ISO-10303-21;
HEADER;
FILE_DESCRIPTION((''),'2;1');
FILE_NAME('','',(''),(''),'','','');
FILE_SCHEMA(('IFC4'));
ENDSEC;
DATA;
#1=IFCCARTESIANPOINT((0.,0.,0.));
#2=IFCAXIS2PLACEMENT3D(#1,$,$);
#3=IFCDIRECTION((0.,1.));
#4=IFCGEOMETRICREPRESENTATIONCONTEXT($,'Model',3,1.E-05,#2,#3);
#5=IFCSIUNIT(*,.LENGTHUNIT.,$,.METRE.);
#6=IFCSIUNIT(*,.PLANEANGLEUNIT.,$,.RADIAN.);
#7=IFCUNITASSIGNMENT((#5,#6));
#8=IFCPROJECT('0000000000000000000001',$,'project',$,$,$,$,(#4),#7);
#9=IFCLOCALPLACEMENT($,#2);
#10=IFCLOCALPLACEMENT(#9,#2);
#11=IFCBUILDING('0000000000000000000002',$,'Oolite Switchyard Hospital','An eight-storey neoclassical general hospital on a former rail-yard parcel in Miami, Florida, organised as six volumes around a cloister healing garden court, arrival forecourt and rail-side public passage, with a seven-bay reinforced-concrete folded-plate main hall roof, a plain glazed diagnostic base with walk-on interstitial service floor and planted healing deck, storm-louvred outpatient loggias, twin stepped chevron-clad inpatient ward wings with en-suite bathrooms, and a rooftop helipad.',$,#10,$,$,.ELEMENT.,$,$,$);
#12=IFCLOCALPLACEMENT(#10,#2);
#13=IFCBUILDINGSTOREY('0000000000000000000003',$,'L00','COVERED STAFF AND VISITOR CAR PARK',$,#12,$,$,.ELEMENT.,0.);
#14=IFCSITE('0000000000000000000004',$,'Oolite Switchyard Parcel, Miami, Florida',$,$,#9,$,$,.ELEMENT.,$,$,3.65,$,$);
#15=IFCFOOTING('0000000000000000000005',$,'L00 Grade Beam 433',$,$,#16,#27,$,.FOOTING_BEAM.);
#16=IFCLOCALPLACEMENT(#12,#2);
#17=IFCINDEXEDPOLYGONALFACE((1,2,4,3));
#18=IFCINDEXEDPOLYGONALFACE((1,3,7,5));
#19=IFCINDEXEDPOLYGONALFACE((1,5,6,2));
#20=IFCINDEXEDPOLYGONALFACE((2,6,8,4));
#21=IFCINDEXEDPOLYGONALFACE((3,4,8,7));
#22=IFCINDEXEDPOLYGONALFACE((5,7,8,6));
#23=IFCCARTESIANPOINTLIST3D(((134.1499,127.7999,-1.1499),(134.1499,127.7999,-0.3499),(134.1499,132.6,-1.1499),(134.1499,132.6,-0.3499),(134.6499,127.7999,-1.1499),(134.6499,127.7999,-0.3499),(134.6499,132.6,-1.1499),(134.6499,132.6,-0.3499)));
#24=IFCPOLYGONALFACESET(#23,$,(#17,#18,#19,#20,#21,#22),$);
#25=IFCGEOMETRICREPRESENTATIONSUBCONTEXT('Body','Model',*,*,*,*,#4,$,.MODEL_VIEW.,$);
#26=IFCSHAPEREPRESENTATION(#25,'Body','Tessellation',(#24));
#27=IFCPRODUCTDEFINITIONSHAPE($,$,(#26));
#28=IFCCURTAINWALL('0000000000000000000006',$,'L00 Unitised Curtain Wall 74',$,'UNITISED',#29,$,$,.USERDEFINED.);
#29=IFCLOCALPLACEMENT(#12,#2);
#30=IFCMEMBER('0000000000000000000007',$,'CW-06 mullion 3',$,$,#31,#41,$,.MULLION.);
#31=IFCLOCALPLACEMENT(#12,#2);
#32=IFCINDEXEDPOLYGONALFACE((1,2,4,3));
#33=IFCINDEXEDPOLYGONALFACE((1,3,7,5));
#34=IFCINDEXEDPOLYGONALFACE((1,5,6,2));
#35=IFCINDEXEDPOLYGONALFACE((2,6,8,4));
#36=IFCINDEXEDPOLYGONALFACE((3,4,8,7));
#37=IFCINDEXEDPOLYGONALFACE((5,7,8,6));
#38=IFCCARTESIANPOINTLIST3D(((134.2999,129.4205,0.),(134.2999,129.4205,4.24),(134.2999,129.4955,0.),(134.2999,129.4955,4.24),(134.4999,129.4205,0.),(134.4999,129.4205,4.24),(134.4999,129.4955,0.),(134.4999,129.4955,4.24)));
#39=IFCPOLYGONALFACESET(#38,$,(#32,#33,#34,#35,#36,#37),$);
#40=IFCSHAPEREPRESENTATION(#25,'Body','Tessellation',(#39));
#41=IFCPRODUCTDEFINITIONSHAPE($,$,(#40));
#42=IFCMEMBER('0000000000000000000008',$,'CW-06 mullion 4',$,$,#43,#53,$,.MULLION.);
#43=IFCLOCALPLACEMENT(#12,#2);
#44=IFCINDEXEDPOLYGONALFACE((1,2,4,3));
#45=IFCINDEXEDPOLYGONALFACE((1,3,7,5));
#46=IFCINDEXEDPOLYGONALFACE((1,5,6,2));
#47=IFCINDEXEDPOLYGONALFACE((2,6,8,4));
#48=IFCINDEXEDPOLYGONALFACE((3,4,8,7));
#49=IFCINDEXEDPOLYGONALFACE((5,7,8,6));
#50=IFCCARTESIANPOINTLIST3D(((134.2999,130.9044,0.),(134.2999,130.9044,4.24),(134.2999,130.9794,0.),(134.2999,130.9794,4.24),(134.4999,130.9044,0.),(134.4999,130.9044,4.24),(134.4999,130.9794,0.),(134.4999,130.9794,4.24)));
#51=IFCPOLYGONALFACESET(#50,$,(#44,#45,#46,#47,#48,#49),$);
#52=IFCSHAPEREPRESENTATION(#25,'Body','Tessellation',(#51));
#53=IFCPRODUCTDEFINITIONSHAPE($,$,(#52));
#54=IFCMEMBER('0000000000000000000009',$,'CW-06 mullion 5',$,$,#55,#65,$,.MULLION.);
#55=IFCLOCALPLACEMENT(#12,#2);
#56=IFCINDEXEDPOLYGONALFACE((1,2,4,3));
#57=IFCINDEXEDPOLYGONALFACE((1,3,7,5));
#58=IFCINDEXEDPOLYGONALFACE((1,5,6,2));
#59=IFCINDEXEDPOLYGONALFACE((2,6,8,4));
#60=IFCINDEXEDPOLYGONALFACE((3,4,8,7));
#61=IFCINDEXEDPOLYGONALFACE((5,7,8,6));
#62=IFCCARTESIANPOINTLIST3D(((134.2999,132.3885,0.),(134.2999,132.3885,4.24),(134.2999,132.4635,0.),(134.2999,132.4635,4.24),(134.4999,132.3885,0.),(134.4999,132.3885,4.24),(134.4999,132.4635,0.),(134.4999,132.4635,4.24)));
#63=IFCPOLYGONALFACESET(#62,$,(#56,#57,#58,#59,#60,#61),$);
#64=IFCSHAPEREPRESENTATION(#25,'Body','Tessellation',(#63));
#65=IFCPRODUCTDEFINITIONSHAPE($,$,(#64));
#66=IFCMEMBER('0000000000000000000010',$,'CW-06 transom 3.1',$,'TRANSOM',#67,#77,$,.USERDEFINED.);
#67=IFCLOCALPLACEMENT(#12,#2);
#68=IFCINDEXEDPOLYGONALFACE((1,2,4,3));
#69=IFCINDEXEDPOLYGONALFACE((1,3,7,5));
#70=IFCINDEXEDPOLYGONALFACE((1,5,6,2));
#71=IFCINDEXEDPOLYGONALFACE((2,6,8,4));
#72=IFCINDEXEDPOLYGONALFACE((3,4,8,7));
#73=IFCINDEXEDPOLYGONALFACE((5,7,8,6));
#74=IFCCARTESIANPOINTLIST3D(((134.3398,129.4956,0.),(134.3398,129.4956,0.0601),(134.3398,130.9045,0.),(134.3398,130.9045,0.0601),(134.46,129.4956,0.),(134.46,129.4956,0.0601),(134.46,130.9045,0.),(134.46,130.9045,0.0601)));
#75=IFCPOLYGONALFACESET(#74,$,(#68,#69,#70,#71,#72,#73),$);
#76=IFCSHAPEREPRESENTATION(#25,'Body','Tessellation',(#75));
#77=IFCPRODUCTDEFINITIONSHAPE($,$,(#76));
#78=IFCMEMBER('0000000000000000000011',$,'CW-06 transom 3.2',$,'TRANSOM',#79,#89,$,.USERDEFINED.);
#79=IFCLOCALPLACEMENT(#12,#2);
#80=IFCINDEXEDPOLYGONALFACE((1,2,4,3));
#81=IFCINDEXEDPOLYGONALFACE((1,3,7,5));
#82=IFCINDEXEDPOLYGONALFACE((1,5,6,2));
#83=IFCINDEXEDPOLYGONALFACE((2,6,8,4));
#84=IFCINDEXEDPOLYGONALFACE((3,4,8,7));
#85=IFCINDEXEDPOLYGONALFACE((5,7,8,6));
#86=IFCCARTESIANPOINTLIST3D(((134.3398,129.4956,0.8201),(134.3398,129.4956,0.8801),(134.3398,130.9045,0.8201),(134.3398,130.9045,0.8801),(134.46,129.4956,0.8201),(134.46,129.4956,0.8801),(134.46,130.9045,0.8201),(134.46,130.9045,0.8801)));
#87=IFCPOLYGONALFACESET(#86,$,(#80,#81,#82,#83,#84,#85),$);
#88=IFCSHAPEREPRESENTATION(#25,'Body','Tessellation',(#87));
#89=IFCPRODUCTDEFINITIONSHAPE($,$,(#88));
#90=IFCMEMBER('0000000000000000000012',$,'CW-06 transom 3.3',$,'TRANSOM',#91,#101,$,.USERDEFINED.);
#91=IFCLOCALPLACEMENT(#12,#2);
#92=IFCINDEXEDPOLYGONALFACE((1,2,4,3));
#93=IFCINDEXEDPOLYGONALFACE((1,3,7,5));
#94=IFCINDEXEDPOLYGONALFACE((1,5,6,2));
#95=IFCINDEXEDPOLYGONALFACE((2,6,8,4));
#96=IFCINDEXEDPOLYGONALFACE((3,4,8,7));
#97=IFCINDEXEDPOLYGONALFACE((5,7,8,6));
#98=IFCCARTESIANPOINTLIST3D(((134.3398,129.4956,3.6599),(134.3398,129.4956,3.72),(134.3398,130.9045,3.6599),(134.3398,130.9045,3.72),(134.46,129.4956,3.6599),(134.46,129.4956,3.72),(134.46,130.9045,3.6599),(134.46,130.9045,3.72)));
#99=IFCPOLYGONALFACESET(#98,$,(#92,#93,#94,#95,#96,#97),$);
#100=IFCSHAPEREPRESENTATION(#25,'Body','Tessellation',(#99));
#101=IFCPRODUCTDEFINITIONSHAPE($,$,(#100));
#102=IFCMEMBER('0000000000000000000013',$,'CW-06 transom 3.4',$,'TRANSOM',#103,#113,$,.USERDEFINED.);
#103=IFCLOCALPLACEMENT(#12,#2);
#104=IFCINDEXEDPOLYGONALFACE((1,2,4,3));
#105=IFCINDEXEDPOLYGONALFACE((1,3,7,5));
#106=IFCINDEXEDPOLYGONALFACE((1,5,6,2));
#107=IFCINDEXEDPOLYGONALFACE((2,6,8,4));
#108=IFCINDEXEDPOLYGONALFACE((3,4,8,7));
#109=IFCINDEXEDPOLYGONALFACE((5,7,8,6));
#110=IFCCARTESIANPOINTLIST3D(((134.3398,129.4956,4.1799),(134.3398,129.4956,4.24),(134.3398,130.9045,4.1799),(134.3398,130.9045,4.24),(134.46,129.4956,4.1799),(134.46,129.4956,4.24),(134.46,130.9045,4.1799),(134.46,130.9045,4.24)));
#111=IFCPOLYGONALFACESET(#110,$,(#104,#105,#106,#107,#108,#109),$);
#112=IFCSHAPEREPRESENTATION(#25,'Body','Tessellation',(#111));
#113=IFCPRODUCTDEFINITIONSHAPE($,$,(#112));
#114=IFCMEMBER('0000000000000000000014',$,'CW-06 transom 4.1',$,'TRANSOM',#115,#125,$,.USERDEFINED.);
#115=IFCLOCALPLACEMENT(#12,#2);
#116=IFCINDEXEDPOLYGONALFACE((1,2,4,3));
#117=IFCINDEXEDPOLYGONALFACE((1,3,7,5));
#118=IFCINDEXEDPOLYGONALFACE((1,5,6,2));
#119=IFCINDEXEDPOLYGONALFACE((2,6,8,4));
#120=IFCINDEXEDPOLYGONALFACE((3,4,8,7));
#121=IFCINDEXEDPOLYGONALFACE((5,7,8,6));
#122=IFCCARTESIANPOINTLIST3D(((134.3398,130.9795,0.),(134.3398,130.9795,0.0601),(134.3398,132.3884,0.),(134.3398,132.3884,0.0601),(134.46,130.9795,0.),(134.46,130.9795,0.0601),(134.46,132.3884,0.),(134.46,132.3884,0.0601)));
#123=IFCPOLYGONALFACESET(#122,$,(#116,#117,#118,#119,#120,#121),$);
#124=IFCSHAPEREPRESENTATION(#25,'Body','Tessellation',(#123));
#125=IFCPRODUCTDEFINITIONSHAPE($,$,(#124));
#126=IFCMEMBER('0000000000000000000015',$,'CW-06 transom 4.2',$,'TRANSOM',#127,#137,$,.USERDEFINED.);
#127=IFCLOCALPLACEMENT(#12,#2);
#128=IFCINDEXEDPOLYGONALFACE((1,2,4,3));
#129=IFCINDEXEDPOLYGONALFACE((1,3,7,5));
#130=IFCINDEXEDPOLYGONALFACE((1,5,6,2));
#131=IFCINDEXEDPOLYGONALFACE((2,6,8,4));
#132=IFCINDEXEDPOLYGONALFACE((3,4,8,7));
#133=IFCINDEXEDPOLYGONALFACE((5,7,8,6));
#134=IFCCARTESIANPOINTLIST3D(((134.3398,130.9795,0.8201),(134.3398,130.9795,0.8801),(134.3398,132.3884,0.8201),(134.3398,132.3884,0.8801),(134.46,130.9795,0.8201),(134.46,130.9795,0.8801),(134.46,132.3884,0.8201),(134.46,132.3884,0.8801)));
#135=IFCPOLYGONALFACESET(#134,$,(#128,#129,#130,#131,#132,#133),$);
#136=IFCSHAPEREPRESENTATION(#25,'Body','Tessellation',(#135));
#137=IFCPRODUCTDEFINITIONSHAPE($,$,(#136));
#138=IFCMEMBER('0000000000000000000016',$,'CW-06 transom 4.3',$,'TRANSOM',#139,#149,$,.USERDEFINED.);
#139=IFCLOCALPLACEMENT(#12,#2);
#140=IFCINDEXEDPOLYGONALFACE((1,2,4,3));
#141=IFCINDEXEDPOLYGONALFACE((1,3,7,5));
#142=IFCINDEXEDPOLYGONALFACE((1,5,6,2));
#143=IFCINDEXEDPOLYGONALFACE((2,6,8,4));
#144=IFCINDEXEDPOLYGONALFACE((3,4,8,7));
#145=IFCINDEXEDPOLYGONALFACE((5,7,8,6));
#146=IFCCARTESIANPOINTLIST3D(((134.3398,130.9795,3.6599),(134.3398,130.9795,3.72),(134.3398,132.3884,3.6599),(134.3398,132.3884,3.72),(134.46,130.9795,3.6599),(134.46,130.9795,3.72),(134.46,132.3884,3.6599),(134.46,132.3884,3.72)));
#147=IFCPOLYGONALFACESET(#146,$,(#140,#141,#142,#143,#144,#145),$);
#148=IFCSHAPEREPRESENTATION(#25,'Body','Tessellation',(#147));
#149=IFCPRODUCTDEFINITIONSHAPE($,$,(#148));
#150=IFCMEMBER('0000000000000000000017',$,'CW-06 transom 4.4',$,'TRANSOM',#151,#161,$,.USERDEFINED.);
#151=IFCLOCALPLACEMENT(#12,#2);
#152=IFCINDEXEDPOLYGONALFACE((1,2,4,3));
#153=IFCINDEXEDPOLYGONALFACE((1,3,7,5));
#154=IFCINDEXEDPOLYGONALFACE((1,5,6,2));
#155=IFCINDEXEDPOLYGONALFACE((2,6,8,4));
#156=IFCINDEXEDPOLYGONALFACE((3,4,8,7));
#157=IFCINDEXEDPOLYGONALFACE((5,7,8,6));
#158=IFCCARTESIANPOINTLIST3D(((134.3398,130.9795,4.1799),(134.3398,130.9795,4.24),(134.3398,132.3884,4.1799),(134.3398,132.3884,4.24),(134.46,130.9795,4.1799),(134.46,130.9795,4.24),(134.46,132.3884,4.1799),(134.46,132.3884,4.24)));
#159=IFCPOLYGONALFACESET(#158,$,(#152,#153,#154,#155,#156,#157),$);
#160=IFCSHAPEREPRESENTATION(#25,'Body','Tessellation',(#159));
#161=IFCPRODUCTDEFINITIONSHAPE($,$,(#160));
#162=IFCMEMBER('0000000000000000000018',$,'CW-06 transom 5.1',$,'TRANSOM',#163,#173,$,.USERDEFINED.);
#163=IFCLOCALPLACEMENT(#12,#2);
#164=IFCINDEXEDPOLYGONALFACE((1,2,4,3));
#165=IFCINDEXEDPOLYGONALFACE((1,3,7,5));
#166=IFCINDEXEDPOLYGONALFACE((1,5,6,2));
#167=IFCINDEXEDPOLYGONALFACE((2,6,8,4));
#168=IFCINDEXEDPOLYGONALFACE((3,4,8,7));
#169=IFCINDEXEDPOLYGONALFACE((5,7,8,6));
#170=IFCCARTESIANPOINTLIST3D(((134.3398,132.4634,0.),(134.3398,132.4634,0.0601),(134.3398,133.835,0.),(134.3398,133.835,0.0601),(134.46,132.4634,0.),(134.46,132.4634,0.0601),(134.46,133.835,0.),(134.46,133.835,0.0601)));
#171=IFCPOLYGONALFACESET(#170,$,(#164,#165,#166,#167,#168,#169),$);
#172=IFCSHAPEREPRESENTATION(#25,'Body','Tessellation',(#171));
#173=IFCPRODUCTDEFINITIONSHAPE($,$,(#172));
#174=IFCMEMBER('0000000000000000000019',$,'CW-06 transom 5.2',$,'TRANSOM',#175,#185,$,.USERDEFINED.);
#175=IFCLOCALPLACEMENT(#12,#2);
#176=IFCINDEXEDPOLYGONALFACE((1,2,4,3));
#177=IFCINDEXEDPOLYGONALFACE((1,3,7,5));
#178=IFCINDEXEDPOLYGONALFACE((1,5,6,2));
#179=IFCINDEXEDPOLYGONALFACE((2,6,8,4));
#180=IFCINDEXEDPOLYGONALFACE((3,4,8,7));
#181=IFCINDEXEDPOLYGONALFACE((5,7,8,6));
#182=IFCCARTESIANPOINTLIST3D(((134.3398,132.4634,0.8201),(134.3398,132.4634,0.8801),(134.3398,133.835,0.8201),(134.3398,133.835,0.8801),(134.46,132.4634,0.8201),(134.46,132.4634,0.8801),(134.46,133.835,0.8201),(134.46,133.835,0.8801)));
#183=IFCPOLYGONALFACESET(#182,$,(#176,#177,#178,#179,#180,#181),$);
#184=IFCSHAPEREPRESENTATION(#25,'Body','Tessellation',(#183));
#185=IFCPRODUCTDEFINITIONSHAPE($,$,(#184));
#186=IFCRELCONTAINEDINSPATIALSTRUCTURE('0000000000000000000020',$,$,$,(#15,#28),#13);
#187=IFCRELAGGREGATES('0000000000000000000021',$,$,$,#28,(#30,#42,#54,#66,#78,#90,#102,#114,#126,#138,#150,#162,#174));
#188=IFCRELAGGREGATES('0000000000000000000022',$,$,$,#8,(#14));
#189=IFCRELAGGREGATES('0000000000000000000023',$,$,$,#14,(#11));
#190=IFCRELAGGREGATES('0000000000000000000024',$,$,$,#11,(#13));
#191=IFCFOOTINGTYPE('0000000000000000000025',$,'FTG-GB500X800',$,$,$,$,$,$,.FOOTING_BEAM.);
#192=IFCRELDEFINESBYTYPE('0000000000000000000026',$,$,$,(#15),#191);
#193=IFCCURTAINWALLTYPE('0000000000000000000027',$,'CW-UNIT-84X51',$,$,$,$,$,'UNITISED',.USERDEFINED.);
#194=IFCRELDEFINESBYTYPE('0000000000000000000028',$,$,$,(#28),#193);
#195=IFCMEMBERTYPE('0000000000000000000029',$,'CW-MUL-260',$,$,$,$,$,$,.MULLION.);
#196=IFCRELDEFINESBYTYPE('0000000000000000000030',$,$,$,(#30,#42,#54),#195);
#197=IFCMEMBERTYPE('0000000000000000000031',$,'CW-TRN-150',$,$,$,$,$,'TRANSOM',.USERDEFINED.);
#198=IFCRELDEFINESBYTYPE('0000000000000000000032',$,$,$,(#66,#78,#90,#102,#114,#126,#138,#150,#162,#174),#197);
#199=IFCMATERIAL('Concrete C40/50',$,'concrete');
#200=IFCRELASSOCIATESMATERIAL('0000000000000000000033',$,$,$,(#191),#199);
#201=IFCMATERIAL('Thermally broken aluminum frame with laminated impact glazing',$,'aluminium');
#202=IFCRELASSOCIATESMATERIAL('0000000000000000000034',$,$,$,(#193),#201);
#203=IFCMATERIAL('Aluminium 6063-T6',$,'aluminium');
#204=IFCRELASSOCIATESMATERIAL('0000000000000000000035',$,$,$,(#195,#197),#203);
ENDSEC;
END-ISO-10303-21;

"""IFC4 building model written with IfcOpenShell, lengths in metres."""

from ifc_helpers import new_model, si_unit, direction, frame, origin, origin_2d, place, context, subcontext, project, spatial, rectangle, extrude, material, material_profile, profile_set, type_object, element, aggregate, save


model = new_model("IFC4")

# Units and contexts
model_context = context("Model", 3, precision=1e-05, world=origin(), true_north=direction((0.0, 1.0)))
body_context = subcontext(model_context, "Body", "Model", "MODEL_VIEW")
ifc_project = project(units=[si_unit("LENGTHUNIT", "METRE"), si_unit("PLANEANGLEUNIT", "RADIAN")], contexts=[model_context])

# Site, building, storey
site_placement = place(None, origin())
site = spatial("IfcSite", under=ifc_project, at=site_placement, Name="Oolite Switchyard Parcel, Miami, Florida", CompositionType="ELEMENT", RefElevation=3.65)
building_placement = place(site_placement, origin())
building = spatial("IfcBuilding", under=site, at=building_placement, Name="Oolite Switchyard Hospital", Description="An eight-storey neoclassical general hospital on a former rail-yard parcel in Miami, Florida, organised as six volumes around a cloister healing garden court, arrival forecourt and rail-side public passage, with a seven-bay reinforced-concrete folded-plate main hall roof, a plain glazed diagnostic base with walk-on interstitial service floor and planted healing deck, storm-louvred outpatient loggias, twin stepped chevron-clad inpatient ward wings with en-suite bathrooms, and a rooftop helipad.", CompositionType="ELEMENT")
storey_placement = place(building_placement, origin())
storey = spatial("IfcBuildingStorey", under=building, at=storey_placement, Name="L00", Description="COVERED STAFF AND VISITOR CAR PARK", CompositionType="ELEMENT", Elevation=0.0)

# Footing
ifc_material_1 = material(Name="Concrete C40/50", Category="concrete")
footing_type = type_object("IfcFootingType", Name="FTG-GB500X800", PredefinedType="FOOTING_BEAM", material=ifc_material_1)
footing_placement = place(storey_placement, frame((134.3999, 130.2, -1.1499), z_axis=(0.0, 0.0, 1.0), x_axis=(0.0, 1.0, 0.0)))
element("IfcFooting", 1, at=footing_placement, inside=storey, type_object=footing_type, Name="L00 Grade Beam 433", PredefinedType="FOOTING_BEAM", context=body_context, shape_type="SweptSolid", body=[
    extrude(rectangle(XDim=4.8, YDim=0.5, at=origin_2d()), origin(), (0.0, 0.0, 1.0), 0.8),
])

# Curtain wall, members
ifc_material_2 = material(Name="Thermally broken aluminum frame with laminated impact glazing", Category="aluminium")
curtain_wall_type = type_object("IfcCurtainWallType", Name="CW-UNIT-84X51", ElementType="UNITISED", PredefinedType="USERDEFINED", material=ifc_material_2)
curtain_wall_placement = place(storey_placement, origin())
curtain_wall = element("IfcCurtainWall", 2, at=curtain_wall_placement, inside=storey, type_object=curtain_wall_type, Name="L00 Unitised Curtain Wall 74", ObjectType="UNITISED", PredefinedType="USERDEFINED")
ifc_material_3 = material(Name="Aluminium 6063-T6", Category="aluminium")
ifc_material_profile_1 = material_profile(ifc_material_3, rectangle(XDim=0.2, YDim=0.075, at=origin_2d()), Name="CWM75X200")
ifc_profile_set_1 = profile_set([ifc_material_profile_1], Name="Aluminium 6063-T6")
member_type_1 = type_object("IfcMemberType", Name="CW-MUL-260", PredefinedType="MULLION", material=ifc_profile_set_1)
member_1_placement = place(storey_placement, frame((134.3999, 129.458, 0.0), z_axis=(0.0, 0.0, 1.0), x_axis=(-1.0, 0.0, 0.0)))
member_1 = element("IfcMember", 3, at=member_1_placement, type_object=member_type_1, Name="CW-06 mullion 3", PredefinedType="MULLION", context=body_context, shape_type="SweptSolid", body=[
    extrude(rectangle(XDim=0.2, YDim=0.075, at=origin_2d()), origin(), (0.0, 0.0, 1.0), 4.24),
])
member_2_placement = place(storey_placement, frame((134.3999, 130.9419, 0.0), z_axis=(0.0, 0.0, 1.0), x_axis=(-1.0, 0.0, 0.0)))
member_2 = element("IfcMember", 4, at=member_2_placement, type_object=member_type_1, Name="CW-06 mullion 4", PredefinedType="MULLION", context=body_context, shape_type="SweptSolid", body=[
    extrude(rectangle(XDim=0.2, YDim=0.075, at=origin_2d()), origin(), (0.0, 0.0, 1.0), 4.24),
])
member_3_placement = place(storey_placement, frame((134.3999, 132.426, 0.0), z_axis=(0.0, 0.0, 1.0), x_axis=(-1.0, 0.0, 0.0)))
member_3 = element("IfcMember", 5, at=member_3_placement, type_object=member_type_1, Name="CW-06 mullion 5", PredefinedType="MULLION", context=body_context, shape_type="SweptSolid", body=[
    extrude(rectangle(XDim=0.2, YDim=0.075, at=origin_2d()), origin(), (0.0, 0.0, 1.0), 4.24),
])
ifc_material_profile_2 = material_profile(ifc_material_3, rectangle(XDim=0.1201, YDim=0.0601, at=origin_2d()), Name="CWT60X120")
ifc_profile_set_2 = profile_set([ifc_material_profile_2], Name="Aluminium 6063-T6")
member_type_2 = type_object("IfcMemberType", Name="CW-TRN-150", ElementType="TRANSOM", PredefinedType="USERDEFINED", material=ifc_profile_set_2)
member_4_placement = place(storey_placement, frame((134.3999, 129.4956, 0.03), z_axis=(0.0, 1.0, 0.0), x_axis=(-1.0, 0.0, 0.0)))
member_4 = element("IfcMember", 6, at=member_4_placement, type_object=member_type_2, Name="CW-06 transom 3.1", ObjectType="TRANSOM", PredefinedType="USERDEFINED", context=body_context, shape_type="SweptSolid", body=[
    extrude(rectangle(XDim=0.1201, YDim=0.0601, at=origin_2d()), origin(), (0.0, 0.0, 1.0), 1.4089),
])
member_5_placement = place(storey_placement, frame((134.3999, 129.4956, 0.8501), z_axis=(0.0, 1.0, 0.0), x_axis=(-1.0, 0.0, 0.0)))
member_5 = element("IfcMember", 7, at=member_5_placement, type_object=member_type_2, Name="CW-06 transom 3.2", ObjectType="TRANSOM", PredefinedType="USERDEFINED", context=body_context, shape_type="SweptSolid", body=[
    extrude(rectangle(XDim=0.1201, YDim=0.0601, at=origin_2d()), origin(), (0.0, 0.0, 1.0), 1.4089),
])
member_6_placement = place(storey_placement, frame((134.3999, 129.4956, 3.6899), z_axis=(0.0, 1.0, 0.0), x_axis=(-1.0, 0.0, 0.0)))
member_6 = element("IfcMember", 8, at=member_6_placement, type_object=member_type_2, Name="CW-06 transom 3.3", ObjectType="TRANSOM", PredefinedType="USERDEFINED", context=body_context, shape_type="SweptSolid", body=[
    extrude(rectangle(XDim=0.1201, YDim=0.0601, at=origin_2d()), origin(), (0.0, 0.0, 1.0), 1.4089),
])
member_7_placement = place(storey_placement, frame((134.3999, 129.4956, 4.21), z_axis=(0.0, 1.0, 0.0), x_axis=(-1.0, 0.0, 0.0)))
member_7 = element("IfcMember", 9, at=member_7_placement, type_object=member_type_2, Name="CW-06 transom 3.4", ObjectType="TRANSOM", PredefinedType="USERDEFINED", context=body_context, shape_type="SweptSolid", body=[
    extrude(rectangle(XDim=0.1201, YDim=0.0601, at=origin_2d()), origin(), (0.0, 0.0, 1.0), 1.4089),
])
member_8_placement = place(storey_placement, frame((134.3999, 130.9795, 0.03), z_axis=(0.0, 1.0, 0.0), x_axis=(-1.0, 0.0, 0.0)))
member_8 = element("IfcMember", 10, at=member_8_placement, type_object=member_type_2, Name="CW-06 transom 4.1", ObjectType="TRANSOM", PredefinedType="USERDEFINED", context=body_context, shape_type="SweptSolid", body=[
    extrude(rectangle(XDim=0.1201, YDim=0.0601, at=origin_2d()), origin(), (0.0, 0.0, 1.0), 1.4089),
])
member_9_placement = place(storey_placement, frame((134.3999, 130.9795, 0.8501), z_axis=(0.0, 1.0, 0.0), x_axis=(-1.0, 0.0, 0.0)))
member_9 = element("IfcMember", 11, at=member_9_placement, type_object=member_type_2, Name="CW-06 transom 4.2", ObjectType="TRANSOM", PredefinedType="USERDEFINED", context=body_context, shape_type="SweptSolid", body=[
    extrude(rectangle(XDim=0.1201, YDim=0.0601, at=origin_2d()), origin(), (0.0, 0.0, 1.0), 1.4089),
])
member_10_placement = place(storey_placement, frame((134.3999, 130.9795, 3.6899), z_axis=(0.0, 1.0, 0.0), x_axis=(-1.0, 0.0, 0.0)))
member_10 = element("IfcMember", 12, at=member_10_placement, type_object=member_type_2, Name="CW-06 transom 4.3", ObjectType="TRANSOM", PredefinedType="USERDEFINED", context=body_context, shape_type="SweptSolid", body=[
    extrude(rectangle(XDim=0.1201, YDim=0.0601, at=origin_2d()), origin(), (0.0, 0.0, 1.0), 1.4089),
])
member_11_placement = place(storey_placement, frame((134.3999, 130.9795, 4.21), z_axis=(0.0, 1.0, 0.0), x_axis=(-1.0, 0.0, 0.0)))
member_11 = element("IfcMember", 13, at=member_11_placement, type_object=member_type_2, Name="CW-06 transom 4.4", ObjectType="TRANSOM", PredefinedType="USERDEFINED", context=body_context, shape_type="SweptSolid", body=[
    extrude(rectangle(XDim=0.1201, YDim=0.0601, at=origin_2d()), origin(), (0.0, 0.0, 1.0), 1.4089),
])
member_12_placement = place(storey_placement, frame((134.3999, 132.4634, 0.03), z_axis=(0.0, 1.0, 0.0), x_axis=(-1.0, 0.0, 0.0)))
member_12 = element("IfcMember", 14, at=member_12_placement, type_object=member_type_2, Name="CW-06 transom 5.1", ObjectType="TRANSOM", PredefinedType="USERDEFINED", context=body_context, shape_type="SweptSolid", body=[
    extrude(rectangle(XDim=0.1201, YDim=0.0601, at=origin_2d()), origin(), (0.0, 0.0, 1.0), 1.3716),
])
member_13_placement = place(storey_placement, frame((134.3999, 132.4634, 0.8501), z_axis=(0.0, 1.0, 0.0), x_axis=(-1.0, 0.0, 0.0)))
member_13 = element("IfcMember", 15, at=member_13_placement, type_object=member_type_2, Name="CW-06 transom 5.2", ObjectType="TRANSOM", PredefinedType="USERDEFINED", context=body_context, shape_type="SweptSolid", body=[
    extrude(rectangle(XDim=0.1201, YDim=0.0601, at=origin_2d()), origin(), (0.0, 0.0, 1.0), 1.3716),
])
aggregate(curtain_wall, [member_1, member_2, member_3, member_4, member_5, member_6, member_7, member_8, member_9, member_10, member_11, member_12, member_13])

save(model, "model.ifc")
